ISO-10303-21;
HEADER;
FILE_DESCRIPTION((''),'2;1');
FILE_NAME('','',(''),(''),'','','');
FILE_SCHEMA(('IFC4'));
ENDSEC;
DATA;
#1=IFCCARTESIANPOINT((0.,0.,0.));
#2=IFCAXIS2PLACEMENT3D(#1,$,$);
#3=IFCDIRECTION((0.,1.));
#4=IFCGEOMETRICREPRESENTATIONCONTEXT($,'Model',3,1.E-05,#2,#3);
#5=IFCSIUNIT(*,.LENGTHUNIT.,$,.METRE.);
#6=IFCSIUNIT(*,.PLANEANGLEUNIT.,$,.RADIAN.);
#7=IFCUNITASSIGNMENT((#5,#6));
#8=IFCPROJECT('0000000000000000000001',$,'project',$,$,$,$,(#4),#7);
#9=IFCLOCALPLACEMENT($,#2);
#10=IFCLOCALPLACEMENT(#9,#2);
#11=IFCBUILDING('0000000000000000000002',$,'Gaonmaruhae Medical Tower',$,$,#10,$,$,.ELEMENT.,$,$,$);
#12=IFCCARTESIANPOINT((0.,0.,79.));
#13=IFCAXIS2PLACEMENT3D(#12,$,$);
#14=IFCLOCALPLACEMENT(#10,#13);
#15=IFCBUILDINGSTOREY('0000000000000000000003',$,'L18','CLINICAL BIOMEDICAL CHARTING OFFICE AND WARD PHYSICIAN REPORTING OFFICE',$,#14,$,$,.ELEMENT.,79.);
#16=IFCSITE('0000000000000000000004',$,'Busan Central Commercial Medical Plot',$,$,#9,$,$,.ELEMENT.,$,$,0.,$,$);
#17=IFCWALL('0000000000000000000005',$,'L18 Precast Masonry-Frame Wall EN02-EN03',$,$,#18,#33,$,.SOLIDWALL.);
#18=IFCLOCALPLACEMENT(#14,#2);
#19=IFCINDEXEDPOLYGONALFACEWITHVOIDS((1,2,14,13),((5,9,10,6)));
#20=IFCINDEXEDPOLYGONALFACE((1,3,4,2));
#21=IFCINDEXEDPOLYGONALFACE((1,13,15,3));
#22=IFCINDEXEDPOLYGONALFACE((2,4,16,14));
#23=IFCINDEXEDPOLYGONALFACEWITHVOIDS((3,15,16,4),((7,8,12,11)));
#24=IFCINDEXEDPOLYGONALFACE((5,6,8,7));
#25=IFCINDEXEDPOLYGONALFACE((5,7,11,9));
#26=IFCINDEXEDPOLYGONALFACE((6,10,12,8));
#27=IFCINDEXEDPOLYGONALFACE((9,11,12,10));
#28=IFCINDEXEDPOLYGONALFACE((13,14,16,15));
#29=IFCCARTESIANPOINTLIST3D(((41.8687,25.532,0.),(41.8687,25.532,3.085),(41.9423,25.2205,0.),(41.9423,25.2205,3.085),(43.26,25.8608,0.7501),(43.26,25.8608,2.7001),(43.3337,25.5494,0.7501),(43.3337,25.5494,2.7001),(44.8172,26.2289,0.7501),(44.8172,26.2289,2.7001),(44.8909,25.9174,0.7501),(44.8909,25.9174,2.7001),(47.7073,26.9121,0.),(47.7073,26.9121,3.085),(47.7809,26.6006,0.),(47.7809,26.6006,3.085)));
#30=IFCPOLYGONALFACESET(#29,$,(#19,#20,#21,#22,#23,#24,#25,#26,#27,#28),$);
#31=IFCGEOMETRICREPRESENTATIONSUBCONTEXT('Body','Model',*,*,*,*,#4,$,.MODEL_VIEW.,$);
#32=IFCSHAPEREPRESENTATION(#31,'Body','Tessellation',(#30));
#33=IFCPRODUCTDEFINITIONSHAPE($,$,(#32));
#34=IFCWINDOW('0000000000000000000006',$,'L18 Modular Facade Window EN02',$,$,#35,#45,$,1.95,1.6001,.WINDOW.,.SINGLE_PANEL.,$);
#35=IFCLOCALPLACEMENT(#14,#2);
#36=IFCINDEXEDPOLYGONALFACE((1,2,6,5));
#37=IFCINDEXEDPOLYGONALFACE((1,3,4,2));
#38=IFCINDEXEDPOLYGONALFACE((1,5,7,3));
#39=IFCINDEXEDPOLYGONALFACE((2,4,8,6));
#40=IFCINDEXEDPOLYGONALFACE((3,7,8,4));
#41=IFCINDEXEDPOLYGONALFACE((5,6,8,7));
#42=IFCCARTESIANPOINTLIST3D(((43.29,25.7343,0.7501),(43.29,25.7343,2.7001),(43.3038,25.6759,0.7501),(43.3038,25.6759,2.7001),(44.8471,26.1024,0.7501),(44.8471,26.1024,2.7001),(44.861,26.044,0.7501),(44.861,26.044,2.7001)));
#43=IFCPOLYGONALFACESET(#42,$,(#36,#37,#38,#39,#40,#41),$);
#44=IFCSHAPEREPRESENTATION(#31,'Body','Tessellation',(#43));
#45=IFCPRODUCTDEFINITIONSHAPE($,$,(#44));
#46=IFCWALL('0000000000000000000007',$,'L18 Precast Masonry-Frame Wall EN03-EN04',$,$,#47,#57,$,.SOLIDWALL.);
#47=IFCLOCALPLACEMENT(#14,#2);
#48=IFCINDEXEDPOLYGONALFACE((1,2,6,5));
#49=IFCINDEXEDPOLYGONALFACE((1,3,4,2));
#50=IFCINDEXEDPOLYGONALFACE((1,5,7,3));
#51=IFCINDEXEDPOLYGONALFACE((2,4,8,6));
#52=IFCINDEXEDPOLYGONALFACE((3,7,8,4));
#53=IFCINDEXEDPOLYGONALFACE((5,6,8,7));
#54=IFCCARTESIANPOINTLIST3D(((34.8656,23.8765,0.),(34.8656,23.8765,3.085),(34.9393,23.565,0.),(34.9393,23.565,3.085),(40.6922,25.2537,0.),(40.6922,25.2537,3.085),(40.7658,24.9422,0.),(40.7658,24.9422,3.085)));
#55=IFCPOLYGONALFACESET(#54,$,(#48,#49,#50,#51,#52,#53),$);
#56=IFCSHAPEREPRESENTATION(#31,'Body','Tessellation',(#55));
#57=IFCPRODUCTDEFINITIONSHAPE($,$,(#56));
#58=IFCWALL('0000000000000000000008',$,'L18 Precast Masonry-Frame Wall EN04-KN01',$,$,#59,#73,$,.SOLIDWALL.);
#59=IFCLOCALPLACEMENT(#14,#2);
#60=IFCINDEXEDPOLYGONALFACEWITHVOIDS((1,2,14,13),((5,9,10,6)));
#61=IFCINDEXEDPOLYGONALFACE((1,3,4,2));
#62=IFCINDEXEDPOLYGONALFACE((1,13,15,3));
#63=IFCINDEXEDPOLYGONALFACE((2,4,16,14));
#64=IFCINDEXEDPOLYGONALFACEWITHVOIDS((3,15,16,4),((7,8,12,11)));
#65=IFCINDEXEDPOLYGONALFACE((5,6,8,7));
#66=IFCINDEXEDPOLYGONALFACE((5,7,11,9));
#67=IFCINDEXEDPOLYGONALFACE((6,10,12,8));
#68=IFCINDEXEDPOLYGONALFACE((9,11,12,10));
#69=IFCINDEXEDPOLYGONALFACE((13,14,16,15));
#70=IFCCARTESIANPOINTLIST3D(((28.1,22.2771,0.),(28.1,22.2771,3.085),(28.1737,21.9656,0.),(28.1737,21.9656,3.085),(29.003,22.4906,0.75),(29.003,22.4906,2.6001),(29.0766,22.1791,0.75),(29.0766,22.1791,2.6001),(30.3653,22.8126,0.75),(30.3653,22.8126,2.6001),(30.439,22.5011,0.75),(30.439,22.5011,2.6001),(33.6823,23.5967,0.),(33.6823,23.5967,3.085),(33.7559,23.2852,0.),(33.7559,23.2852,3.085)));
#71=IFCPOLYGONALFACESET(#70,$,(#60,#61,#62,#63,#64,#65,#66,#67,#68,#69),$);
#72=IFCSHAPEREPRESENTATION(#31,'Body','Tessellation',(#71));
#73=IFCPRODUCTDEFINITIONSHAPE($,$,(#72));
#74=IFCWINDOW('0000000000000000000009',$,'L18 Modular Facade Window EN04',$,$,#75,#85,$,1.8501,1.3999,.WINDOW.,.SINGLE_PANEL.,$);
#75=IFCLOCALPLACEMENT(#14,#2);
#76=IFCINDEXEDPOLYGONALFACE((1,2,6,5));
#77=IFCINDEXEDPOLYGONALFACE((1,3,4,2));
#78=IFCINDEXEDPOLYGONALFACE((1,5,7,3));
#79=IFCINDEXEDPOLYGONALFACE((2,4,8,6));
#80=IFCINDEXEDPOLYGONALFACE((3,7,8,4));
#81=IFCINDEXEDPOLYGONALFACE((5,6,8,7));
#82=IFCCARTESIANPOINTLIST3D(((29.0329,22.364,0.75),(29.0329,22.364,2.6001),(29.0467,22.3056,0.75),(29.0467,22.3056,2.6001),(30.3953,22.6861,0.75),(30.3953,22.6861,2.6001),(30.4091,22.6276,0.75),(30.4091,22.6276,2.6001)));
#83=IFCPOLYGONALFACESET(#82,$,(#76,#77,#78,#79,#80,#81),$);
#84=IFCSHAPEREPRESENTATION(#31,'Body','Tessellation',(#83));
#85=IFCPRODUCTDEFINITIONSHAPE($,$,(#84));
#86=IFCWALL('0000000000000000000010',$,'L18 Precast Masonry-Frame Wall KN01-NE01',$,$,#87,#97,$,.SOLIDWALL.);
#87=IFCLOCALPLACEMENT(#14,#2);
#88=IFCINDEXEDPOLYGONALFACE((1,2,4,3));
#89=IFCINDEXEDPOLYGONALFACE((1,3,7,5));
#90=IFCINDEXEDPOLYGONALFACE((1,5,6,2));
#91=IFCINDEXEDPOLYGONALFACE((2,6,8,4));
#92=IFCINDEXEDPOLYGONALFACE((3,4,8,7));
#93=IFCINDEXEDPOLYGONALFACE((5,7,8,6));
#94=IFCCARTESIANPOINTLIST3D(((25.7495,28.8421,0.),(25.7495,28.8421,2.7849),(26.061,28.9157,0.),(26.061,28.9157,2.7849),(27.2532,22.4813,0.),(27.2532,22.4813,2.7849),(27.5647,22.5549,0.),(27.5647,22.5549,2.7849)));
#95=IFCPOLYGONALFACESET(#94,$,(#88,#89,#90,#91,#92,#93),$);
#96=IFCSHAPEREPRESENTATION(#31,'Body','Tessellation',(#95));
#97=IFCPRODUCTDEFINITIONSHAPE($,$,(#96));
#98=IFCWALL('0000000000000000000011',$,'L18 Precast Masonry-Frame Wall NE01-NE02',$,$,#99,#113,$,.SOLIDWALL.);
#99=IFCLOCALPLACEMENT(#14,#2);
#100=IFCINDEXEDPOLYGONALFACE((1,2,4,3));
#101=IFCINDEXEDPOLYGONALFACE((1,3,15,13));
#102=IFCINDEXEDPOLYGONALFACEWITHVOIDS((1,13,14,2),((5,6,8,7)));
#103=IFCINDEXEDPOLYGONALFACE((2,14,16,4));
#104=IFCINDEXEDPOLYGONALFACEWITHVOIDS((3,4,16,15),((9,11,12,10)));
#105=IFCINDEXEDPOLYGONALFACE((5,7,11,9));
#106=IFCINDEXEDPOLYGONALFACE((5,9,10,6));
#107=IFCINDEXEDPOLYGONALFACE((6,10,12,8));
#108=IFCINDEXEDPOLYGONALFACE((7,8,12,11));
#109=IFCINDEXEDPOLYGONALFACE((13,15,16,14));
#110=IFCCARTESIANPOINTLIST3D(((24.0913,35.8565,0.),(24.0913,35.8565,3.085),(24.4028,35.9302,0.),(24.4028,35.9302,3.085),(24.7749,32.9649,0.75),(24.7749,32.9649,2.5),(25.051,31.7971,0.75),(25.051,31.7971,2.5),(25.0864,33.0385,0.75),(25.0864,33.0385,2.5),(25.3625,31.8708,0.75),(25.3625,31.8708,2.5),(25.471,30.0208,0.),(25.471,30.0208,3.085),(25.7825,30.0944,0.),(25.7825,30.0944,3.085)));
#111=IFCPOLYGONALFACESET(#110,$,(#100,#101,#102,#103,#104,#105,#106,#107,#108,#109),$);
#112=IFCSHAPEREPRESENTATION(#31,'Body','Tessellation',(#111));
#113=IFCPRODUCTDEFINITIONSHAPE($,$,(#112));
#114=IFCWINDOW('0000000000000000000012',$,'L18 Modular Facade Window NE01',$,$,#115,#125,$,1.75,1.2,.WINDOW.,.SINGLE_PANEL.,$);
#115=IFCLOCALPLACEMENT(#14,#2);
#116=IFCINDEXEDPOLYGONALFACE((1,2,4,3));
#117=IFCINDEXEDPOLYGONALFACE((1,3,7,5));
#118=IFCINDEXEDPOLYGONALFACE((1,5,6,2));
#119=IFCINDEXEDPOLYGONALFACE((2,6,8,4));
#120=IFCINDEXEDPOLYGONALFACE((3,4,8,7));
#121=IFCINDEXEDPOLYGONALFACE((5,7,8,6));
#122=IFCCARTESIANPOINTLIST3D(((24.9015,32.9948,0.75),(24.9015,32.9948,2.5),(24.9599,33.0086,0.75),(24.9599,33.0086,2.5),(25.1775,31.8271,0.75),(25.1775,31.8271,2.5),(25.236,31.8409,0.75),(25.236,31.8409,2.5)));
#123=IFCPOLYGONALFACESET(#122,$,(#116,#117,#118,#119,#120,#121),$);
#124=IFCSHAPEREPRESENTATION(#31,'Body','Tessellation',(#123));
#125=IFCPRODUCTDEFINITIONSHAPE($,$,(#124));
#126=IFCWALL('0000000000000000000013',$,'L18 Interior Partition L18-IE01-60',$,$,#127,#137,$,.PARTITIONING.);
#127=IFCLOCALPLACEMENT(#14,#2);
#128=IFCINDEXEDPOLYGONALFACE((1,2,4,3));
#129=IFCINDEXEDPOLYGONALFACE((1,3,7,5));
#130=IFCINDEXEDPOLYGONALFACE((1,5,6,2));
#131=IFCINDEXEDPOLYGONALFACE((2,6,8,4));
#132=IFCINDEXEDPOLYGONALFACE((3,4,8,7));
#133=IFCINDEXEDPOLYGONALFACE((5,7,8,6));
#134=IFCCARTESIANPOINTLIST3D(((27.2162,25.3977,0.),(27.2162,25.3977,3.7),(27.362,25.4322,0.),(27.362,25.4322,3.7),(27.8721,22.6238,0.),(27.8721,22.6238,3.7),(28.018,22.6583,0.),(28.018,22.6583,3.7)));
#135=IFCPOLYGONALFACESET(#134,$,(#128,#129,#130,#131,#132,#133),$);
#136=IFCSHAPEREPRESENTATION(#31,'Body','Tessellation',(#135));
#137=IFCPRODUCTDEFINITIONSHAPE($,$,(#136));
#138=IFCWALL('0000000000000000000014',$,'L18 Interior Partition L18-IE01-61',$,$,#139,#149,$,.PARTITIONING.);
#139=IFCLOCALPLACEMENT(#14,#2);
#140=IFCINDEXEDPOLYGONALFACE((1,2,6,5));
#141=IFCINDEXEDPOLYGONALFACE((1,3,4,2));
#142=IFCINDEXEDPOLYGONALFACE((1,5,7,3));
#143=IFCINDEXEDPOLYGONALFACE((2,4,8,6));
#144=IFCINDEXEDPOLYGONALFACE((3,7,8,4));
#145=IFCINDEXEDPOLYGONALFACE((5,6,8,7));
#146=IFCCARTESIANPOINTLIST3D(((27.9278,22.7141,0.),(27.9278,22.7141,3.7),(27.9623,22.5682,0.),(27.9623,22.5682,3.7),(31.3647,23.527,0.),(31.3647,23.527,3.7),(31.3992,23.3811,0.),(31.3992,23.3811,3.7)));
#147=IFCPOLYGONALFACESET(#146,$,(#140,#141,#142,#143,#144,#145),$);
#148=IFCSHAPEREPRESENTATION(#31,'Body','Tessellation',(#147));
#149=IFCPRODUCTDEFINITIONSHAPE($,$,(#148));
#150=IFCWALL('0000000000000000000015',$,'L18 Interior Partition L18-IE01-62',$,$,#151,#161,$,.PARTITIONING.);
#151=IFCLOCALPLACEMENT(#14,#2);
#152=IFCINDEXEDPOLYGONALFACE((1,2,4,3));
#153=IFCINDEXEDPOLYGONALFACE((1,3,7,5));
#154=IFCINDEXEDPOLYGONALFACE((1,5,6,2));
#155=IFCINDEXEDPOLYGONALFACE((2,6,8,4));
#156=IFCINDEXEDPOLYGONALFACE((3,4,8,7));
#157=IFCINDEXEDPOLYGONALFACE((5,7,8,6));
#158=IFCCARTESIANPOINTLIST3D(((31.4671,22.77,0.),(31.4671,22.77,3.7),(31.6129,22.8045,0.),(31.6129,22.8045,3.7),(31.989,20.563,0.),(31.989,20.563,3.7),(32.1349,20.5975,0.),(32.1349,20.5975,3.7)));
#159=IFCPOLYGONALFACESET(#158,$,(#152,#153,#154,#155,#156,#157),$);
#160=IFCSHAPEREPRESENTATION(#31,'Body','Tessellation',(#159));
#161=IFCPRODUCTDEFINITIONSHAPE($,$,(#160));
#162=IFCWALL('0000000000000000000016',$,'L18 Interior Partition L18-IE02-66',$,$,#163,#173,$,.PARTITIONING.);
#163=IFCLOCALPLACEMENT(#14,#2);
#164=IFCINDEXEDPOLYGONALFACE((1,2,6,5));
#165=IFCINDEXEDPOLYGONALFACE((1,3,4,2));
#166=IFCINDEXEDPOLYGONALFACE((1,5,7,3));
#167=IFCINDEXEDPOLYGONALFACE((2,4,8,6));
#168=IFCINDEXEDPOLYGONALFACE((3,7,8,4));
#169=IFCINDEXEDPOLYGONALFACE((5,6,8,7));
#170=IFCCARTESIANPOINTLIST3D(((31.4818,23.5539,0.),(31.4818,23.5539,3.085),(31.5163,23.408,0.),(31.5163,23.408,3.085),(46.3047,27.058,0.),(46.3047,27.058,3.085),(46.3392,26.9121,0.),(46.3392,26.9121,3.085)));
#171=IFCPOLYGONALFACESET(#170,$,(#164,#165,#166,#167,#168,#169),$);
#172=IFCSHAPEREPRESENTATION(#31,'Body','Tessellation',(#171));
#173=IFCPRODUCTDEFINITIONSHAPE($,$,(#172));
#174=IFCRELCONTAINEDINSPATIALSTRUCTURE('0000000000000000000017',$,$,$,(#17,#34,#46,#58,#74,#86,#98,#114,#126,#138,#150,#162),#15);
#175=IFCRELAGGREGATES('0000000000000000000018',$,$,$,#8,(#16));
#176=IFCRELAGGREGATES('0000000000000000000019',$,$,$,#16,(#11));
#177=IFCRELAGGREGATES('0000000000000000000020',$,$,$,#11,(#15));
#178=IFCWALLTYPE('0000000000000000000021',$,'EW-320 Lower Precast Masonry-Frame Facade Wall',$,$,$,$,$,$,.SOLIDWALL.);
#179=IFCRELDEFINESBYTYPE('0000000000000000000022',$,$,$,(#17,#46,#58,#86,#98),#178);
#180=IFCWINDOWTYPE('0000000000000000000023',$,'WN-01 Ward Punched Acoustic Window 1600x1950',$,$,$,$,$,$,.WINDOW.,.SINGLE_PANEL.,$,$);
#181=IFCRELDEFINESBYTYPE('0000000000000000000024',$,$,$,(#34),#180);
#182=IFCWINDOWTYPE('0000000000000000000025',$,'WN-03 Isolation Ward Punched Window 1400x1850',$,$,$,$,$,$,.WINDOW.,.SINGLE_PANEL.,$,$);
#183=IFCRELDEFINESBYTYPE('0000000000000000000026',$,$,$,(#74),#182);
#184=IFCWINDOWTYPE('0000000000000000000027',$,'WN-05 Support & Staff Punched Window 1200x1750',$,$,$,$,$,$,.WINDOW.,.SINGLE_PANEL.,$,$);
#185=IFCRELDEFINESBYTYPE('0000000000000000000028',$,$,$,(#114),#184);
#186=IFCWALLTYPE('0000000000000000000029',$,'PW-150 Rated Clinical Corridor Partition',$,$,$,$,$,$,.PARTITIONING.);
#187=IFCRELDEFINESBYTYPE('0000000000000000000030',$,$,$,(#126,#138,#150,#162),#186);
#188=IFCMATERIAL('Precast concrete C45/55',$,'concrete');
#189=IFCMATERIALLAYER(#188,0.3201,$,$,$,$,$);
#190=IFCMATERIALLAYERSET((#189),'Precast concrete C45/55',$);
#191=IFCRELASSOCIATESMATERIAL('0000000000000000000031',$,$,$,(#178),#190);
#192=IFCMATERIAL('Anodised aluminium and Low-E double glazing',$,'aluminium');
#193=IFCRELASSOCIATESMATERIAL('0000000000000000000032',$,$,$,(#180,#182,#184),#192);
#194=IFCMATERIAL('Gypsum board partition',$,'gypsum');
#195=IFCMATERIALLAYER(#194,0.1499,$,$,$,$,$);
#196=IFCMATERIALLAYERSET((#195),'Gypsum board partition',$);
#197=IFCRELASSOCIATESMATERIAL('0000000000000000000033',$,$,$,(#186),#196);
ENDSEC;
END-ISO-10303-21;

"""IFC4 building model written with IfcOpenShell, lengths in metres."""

from ifc_helpers import new_model, si_unit, direction, frame, frame_2d, origin, place, context, subcontext, project, spatial, rectangle, extrude, material, layer, layer_set, type_object, element, fill, save


model = new_model("IFC4")

# Units and contexts
model_context = context("Model", 3, precision=1e-05, world=origin(), true_north=direction((0.0, 1.0)))
body_context = subcontext(model_context, "Body", "Model", "MODEL_VIEW")
ifc_project = project(units=[si_unit("LENGTHUNIT", "METRE"), si_unit("PLANEANGLEUNIT", "RADIAN")], contexts=[model_context])

# Site, building, storey
site_placement = place(None, origin())
site = spatial("IfcSite", under=ifc_project, at=site_placement, Name="Busan Central Commercial Medical Plot", CompositionType="ELEMENT", RefElevation=0.0)
building_placement = place(site_placement, origin())
building = spatial("IfcBuilding", under=site, at=building_placement, Name="Gaonmaruhae Medical Tower", CompositionType="ELEMENT")
storey_placement = place(building_placement, frame((0.0, 0.0, 79.0)))
storey = spatial("IfcBuildingStorey", under=building, at=storey_placement, Name="L18", Description="CLINICAL BIOMEDICAL CHARTING OFFICE AND WARD PHYSICIAN REPORTING OFFICE", CompositionType="ELEMENT", Elevation=79.0)

# Wall, opening, window
ifc_material_1 = material(Name="Precast concrete C45/55", Category="concrete")
ifc_layer_1 = layer(ifc_material_1, 0.3201)
ifc_layer_set_1 = layer_set([ifc_layer_1], Name="Precast concrete C45/55")
wall_type_1 = type_object("IfcWallType", Name="EW-320 Lower Precast Masonry-Frame Facade Wall", PredefinedType="SOLIDWALL", material=ifc_layer_set_1)
wall_1_placement = place(storey_placement, frame((41.9055, 25.3762, 0.0), z_axis=(0.0, 0.0, 1.0), x_axis=(0.973181, 0.230039, 0.0)))
wall_1 = element("IfcWall", 1, at=wall_1_placement, inside=storey, type_object=wall_type_1, Name="L18 Precast Masonry-Frame Wall EN02-EN03", PredefinedType="SOLIDWALL", context=body_context, shape_type="SweptSolid", body=[
    extrude(rectangle(XDim=5.9995, YDim=0.3201, at=frame_2d((2.9998, 0.0))), origin(), (0.0, 0.0, 1.0), 3.085),
])
opening_1_placement = place(wall_1_placement, frame((1.4297, 0.0, 0.75)))
opening_1 = element("IfcOpeningElement", 2, at=opening_1_placement, cuts=wall_1, PredefinedType="OPENING", context=body_context, shape_type="SweptSolid", body=[
    extrude(rectangle(XDim=1.6001, YDim=1.95, at=frame_2d((0.8, 0.9751))), frame((0.0, 0.1699, 0.0), z_axis=(0.0, -1.0, 0.0), x_axis=(1.0, 0.0, 0.0)), (0.0, 0.0, 1.0), 0.3401),
])
ifc_material_2 = material(Name="Anodised aluminium and Low-E double glazing", Category="aluminium")
window_type_1 = type_object("IfcWindowType", Name="WN-01 Ward Punched Acoustic Window 1600x1950", PartitioningType="SINGLE_PANEL", PredefinedType="WINDOW", material=ifc_material_2)
window_1_placement = place(opening_1_placement, origin())
window_1 = element("IfcWindow", 3, at=window_1_placement, inside=storey, type_object=window_type_1, Name="L18 Modular Facade Window EN02", OverallHeight=1.95, OverallWidth=1.6001, PartitioningType="SINGLE_PANEL", PredefinedType="WINDOW", context=body_context, shape_type="SweptSolid", body=[
    extrude(rectangle(XDim=1.6001, YDim=1.95, at=frame_2d((0.8, 0.9751))), frame((0.0, 0.03, 0.0), z_axis=(0.0, -1.0, 0.0), x_axis=(1.0, 0.0, 0.0)), (0.0, 0.0, 1.0), 0.0601),
])
fill(opening_1, window_1)

# Wall
wall_2_placement = place(storey_placement, frame((34.9023, 23.7207, 0.0), z_axis=(0.0, 0.0, 1.0), x_axis=(0.973183, 0.230032, 0.0)))
element("IfcWall", 4, at=wall_2_placement, inside=storey, type_object=wall_type_1, Name="L18 Precast Masonry-Frame Wall EN03-EN04", PredefinedType="SOLIDWALL", context=body_context, shape_type="SweptSolid", body=[
    extrude(rectangle(XDim=5.9871, YDim=0.3201, at=frame_2d((2.9937, 0.0))), origin(), (0.0, 0.0, 1.0), 3.085),
])

# Wall, opening, window
wall_3_placement = place(storey_placement, frame((28.1367, 22.1213, 0.0), z_axis=(0.0, 0.0, 1.0), x_axis=(0.973179, 0.230047, 0.0)))
wall_3 = element("IfcWall", 5, at=wall_3_placement, inside=storey, type_object=wall_type_1, Name="L18 Precast Masonry-Frame Wall EN04-KN01", PredefinedType="SOLIDWALL", context=body_context, shape_type="SweptSolid", body=[
    extrude(rectangle(XDim=5.7361, YDim=0.3201, at=frame_2d((2.8682, 0.0))), origin(), (0.0, 0.0, 1.0), 3.085),
])
opening_2_placement = place(wall_3_placement, frame((0.928, 0.0, 0.75)))
opening_2 = element("IfcOpeningElement", 6, at=opening_2_placement, cuts=wall_3, PredefinedType="OPENING", context=body_context, shape_type="SweptSolid", body=[
    extrude(rectangle(XDim=1.3999, YDim=1.8501, at=frame_2d((0.7, 0.925))), frame((0.0, 0.1699, 0.0), z_axis=(0.0, -1.0, 0.0), x_axis=(1.0, 0.0, 0.0)), (0.0, 0.0, 1.0), 0.3401),
])
window_type_2 = type_object("IfcWindowType", Name="WN-03 Isolation Ward Punched Window 1400x1850", PartitioningType="SINGLE_PANEL", PredefinedType="WINDOW", material=ifc_material_2)
window_2_placement = place(opening_2_placement, origin())
window_2 = element("IfcWindow", 7, at=window_2_placement, inside=storey, type_object=window_type_2, Name="L18 Modular Facade Window EN04", OverallHeight=1.8501, OverallWidth=1.3999, PartitioningType="SINGLE_PANEL", PredefinedType="WINDOW", context=body_context, shape_type="SweptSolid", body=[
    extrude(rectangle(XDim=1.3999, YDim=1.8501, at=frame_2d((0.7, 0.925))), frame((0.0, 0.03, 0.0), z_axis=(0.0, -1.0, 0.0), x_axis=(1.0, 0.0, 0.0)), (0.0, 0.0, 1.0), 0.0601),
])
fill(opening_2, window_2)

# Wall
wall_4_placement = place(storey_placement, frame((27.4089, 22.5181, 0.0), z_axis=(0.0, 0.0, 1.0), x_axis=(-0.230053, 0.973178, 0.0)))
element("IfcWall", 8, at=wall_4_placement, inside=storey, type_object=wall_type_1, Name="L18 Precast Masonry-Frame Wall KN01-NE01", PredefinedType="SOLIDWALL", context=body_context, shape_type="SweptSolid", body=[
    extrude(rectangle(XDim=6.5361, YDim=0.3201, at=frame_2d((3.2681, 0.0))), origin(), (0.0, 0.0, 1.0), 2.7849),
])

# Wall, opening, window
wall_5_placement = place(storey_placement, frame((25.6267, 30.0576, 0.0), z_axis=(0.0, 0.0, 1.0), x_axis=(-0.230072, 0.973174, 0.0)))
wall_5 = element("IfcWall", 9, at=wall_5_placement, inside=storey, type_object=wall_type_1, Name="L18 Precast Masonry-Frame Wall NE01-NE02", PredefinedType="SOLIDWALL", context=body_context, shape_type="SweptSolid", body=[
    extrude(rectangle(XDim=5.9966, YDim=0.3201, at=frame_2d((2.9983, 0.0))), origin(), (0.0, 0.0, 1.0), 3.085),
])
opening_3_placement = place(wall_5_placement, frame((1.8252, 0.0, 0.75)))
opening_3 = element("IfcOpeningElement", 10, at=opening_3_placement, cuts=wall_5, PredefinedType="OPENING", context=body_context, shape_type="SweptSolid", body=[
    extrude(rectangle(XDim=1.2, YDim=1.75, at=frame_2d((0.6001, 0.875))), frame((0.0, 0.1699, 0.0), z_axis=(0.0, -1.0, 0.0), x_axis=(1.0, 0.0, 0.0)), (0.0, 0.0, 1.0), 0.3401),
])
window_type_3 = type_object("IfcWindowType", Name="WN-05 Support & Staff Punched Window 1200x1750", PartitioningType="SINGLE_PANEL", PredefinedType="WINDOW", material=ifc_material_2)
window_3_placement = place(opening_3_placement, origin())
window_3 = element("IfcWindow", 11, at=window_3_placement, inside=storey, type_object=window_type_3, Name="L18 Modular Facade Window NE01", OverallHeight=1.75, OverallWidth=1.2, PartitioningType="SINGLE_PANEL", PredefinedType="WINDOW", context=body_context, shape_type="SweptSolid", body=[
    extrude(rectangle(XDim=1.2, YDim=1.75, at=frame_2d((0.6001, 0.875))), frame((0.0, 0.03, 0.0), z_axis=(0.0, -1.0, 0.0), x_axis=(1.0, 0.0, 0.0)), (0.0, 0.0, 1.0), 0.0601),
])
fill(opening_3, window_3)

# Walls
ifc_material_3 = material(Name="Gypsum board partition", Category="gypsum")
ifc_layer_2 = layer(ifc_material_3, 0.1499)
ifc_layer_set_2 = layer_set([ifc_layer_2], Name="Gypsum board partition")
wall_type_2 = type_object("IfcWallType", Name="PW-150 Rated Clinical Corridor Partition", PredefinedType="PARTITIONING", material=ifc_layer_set_2)
wall_6_placement = place(storey_placement, frame((27.2891, 25.415, 0.0), z_axis=(0.0, 0.0, 1.0), x_axis=(0.230142, -0.973157, 0.0)))
element("IfcWall", 12, at=wall_6_placement, inside=storey, type_object=wall_type_2, Name="L18 Interior Partition L18-IE01-60", PredefinedType="PARTITIONING", context=body_context, shape_type="SweptSolid", body=[
    extrude(rectangle(XDim=2.8503, YDim=0.1499, at=frame_2d((1.4253, 0.0))), origin(), (0.0, 0.0, 1.0), 3.7),
])
wall_7_placement = place(storey_placement, frame((27.9451, 22.6411, 0.0), z_axis=(0.0, 0.0, 1.0), x_axis=(0.973146, 0.230187, 0.0)))
element("IfcWall", 13, at=wall_7_placement, inside=storey, type_object=wall_type_2, Name="L18 Interior Partition L18-IE01-61", PredefinedType="PARTITIONING", context=body_context, shape_type="SweptSolid", body=[
    extrude(rectangle(XDim=3.5317, YDim=0.1499, at=frame_2d((1.7659, 0.0))), origin(), (0.0, 0.0, 1.0), 3.7),
])
wall_8_placement = place(storey_placement, frame((31.54, 22.7871, 0.0), z_axis=(0.0, 0.0, 1.0), x_axis=(0.230155, -0.973154, 0.0)))
element("IfcWall", 14, at=wall_8_placement, inside=storey, type_object=wall_type_2, Name="L18 Interior Partition L18-IE01-62", PredefinedType="PARTITIONING", context=body_context, shape_type="SweptSolid", body=[
    extrude(rectangle(XDim=2.2678, YDim=0.1499, at=frame_2d((1.1338, 0.0))), origin(), (0.0, 0.0, 1.0), 3.7),
])
wall_9_placement = place(storey_placement, frame((31.499, 23.481, 0.0), z_axis=(0.0, 0.0, 1.0), x_axis=(0.973177, 0.230059, 0.0)))
element("IfcWall", 15, at=wall_9_placement, inside=storey, type_object=wall_type_2, Name="L18 Interior Partition L18-IE02-66", PredefinedType="PARTITIONING", context=body_context, shape_type="SweptSolid", body=[
    extrude(rectangle(XDim=15.2314, YDim=0.1499, at=frame_2d((7.6157, 0.0))), origin(), (0.0, 0.0, 1.0), 3.085),
])

save(model, "model.ifc")
